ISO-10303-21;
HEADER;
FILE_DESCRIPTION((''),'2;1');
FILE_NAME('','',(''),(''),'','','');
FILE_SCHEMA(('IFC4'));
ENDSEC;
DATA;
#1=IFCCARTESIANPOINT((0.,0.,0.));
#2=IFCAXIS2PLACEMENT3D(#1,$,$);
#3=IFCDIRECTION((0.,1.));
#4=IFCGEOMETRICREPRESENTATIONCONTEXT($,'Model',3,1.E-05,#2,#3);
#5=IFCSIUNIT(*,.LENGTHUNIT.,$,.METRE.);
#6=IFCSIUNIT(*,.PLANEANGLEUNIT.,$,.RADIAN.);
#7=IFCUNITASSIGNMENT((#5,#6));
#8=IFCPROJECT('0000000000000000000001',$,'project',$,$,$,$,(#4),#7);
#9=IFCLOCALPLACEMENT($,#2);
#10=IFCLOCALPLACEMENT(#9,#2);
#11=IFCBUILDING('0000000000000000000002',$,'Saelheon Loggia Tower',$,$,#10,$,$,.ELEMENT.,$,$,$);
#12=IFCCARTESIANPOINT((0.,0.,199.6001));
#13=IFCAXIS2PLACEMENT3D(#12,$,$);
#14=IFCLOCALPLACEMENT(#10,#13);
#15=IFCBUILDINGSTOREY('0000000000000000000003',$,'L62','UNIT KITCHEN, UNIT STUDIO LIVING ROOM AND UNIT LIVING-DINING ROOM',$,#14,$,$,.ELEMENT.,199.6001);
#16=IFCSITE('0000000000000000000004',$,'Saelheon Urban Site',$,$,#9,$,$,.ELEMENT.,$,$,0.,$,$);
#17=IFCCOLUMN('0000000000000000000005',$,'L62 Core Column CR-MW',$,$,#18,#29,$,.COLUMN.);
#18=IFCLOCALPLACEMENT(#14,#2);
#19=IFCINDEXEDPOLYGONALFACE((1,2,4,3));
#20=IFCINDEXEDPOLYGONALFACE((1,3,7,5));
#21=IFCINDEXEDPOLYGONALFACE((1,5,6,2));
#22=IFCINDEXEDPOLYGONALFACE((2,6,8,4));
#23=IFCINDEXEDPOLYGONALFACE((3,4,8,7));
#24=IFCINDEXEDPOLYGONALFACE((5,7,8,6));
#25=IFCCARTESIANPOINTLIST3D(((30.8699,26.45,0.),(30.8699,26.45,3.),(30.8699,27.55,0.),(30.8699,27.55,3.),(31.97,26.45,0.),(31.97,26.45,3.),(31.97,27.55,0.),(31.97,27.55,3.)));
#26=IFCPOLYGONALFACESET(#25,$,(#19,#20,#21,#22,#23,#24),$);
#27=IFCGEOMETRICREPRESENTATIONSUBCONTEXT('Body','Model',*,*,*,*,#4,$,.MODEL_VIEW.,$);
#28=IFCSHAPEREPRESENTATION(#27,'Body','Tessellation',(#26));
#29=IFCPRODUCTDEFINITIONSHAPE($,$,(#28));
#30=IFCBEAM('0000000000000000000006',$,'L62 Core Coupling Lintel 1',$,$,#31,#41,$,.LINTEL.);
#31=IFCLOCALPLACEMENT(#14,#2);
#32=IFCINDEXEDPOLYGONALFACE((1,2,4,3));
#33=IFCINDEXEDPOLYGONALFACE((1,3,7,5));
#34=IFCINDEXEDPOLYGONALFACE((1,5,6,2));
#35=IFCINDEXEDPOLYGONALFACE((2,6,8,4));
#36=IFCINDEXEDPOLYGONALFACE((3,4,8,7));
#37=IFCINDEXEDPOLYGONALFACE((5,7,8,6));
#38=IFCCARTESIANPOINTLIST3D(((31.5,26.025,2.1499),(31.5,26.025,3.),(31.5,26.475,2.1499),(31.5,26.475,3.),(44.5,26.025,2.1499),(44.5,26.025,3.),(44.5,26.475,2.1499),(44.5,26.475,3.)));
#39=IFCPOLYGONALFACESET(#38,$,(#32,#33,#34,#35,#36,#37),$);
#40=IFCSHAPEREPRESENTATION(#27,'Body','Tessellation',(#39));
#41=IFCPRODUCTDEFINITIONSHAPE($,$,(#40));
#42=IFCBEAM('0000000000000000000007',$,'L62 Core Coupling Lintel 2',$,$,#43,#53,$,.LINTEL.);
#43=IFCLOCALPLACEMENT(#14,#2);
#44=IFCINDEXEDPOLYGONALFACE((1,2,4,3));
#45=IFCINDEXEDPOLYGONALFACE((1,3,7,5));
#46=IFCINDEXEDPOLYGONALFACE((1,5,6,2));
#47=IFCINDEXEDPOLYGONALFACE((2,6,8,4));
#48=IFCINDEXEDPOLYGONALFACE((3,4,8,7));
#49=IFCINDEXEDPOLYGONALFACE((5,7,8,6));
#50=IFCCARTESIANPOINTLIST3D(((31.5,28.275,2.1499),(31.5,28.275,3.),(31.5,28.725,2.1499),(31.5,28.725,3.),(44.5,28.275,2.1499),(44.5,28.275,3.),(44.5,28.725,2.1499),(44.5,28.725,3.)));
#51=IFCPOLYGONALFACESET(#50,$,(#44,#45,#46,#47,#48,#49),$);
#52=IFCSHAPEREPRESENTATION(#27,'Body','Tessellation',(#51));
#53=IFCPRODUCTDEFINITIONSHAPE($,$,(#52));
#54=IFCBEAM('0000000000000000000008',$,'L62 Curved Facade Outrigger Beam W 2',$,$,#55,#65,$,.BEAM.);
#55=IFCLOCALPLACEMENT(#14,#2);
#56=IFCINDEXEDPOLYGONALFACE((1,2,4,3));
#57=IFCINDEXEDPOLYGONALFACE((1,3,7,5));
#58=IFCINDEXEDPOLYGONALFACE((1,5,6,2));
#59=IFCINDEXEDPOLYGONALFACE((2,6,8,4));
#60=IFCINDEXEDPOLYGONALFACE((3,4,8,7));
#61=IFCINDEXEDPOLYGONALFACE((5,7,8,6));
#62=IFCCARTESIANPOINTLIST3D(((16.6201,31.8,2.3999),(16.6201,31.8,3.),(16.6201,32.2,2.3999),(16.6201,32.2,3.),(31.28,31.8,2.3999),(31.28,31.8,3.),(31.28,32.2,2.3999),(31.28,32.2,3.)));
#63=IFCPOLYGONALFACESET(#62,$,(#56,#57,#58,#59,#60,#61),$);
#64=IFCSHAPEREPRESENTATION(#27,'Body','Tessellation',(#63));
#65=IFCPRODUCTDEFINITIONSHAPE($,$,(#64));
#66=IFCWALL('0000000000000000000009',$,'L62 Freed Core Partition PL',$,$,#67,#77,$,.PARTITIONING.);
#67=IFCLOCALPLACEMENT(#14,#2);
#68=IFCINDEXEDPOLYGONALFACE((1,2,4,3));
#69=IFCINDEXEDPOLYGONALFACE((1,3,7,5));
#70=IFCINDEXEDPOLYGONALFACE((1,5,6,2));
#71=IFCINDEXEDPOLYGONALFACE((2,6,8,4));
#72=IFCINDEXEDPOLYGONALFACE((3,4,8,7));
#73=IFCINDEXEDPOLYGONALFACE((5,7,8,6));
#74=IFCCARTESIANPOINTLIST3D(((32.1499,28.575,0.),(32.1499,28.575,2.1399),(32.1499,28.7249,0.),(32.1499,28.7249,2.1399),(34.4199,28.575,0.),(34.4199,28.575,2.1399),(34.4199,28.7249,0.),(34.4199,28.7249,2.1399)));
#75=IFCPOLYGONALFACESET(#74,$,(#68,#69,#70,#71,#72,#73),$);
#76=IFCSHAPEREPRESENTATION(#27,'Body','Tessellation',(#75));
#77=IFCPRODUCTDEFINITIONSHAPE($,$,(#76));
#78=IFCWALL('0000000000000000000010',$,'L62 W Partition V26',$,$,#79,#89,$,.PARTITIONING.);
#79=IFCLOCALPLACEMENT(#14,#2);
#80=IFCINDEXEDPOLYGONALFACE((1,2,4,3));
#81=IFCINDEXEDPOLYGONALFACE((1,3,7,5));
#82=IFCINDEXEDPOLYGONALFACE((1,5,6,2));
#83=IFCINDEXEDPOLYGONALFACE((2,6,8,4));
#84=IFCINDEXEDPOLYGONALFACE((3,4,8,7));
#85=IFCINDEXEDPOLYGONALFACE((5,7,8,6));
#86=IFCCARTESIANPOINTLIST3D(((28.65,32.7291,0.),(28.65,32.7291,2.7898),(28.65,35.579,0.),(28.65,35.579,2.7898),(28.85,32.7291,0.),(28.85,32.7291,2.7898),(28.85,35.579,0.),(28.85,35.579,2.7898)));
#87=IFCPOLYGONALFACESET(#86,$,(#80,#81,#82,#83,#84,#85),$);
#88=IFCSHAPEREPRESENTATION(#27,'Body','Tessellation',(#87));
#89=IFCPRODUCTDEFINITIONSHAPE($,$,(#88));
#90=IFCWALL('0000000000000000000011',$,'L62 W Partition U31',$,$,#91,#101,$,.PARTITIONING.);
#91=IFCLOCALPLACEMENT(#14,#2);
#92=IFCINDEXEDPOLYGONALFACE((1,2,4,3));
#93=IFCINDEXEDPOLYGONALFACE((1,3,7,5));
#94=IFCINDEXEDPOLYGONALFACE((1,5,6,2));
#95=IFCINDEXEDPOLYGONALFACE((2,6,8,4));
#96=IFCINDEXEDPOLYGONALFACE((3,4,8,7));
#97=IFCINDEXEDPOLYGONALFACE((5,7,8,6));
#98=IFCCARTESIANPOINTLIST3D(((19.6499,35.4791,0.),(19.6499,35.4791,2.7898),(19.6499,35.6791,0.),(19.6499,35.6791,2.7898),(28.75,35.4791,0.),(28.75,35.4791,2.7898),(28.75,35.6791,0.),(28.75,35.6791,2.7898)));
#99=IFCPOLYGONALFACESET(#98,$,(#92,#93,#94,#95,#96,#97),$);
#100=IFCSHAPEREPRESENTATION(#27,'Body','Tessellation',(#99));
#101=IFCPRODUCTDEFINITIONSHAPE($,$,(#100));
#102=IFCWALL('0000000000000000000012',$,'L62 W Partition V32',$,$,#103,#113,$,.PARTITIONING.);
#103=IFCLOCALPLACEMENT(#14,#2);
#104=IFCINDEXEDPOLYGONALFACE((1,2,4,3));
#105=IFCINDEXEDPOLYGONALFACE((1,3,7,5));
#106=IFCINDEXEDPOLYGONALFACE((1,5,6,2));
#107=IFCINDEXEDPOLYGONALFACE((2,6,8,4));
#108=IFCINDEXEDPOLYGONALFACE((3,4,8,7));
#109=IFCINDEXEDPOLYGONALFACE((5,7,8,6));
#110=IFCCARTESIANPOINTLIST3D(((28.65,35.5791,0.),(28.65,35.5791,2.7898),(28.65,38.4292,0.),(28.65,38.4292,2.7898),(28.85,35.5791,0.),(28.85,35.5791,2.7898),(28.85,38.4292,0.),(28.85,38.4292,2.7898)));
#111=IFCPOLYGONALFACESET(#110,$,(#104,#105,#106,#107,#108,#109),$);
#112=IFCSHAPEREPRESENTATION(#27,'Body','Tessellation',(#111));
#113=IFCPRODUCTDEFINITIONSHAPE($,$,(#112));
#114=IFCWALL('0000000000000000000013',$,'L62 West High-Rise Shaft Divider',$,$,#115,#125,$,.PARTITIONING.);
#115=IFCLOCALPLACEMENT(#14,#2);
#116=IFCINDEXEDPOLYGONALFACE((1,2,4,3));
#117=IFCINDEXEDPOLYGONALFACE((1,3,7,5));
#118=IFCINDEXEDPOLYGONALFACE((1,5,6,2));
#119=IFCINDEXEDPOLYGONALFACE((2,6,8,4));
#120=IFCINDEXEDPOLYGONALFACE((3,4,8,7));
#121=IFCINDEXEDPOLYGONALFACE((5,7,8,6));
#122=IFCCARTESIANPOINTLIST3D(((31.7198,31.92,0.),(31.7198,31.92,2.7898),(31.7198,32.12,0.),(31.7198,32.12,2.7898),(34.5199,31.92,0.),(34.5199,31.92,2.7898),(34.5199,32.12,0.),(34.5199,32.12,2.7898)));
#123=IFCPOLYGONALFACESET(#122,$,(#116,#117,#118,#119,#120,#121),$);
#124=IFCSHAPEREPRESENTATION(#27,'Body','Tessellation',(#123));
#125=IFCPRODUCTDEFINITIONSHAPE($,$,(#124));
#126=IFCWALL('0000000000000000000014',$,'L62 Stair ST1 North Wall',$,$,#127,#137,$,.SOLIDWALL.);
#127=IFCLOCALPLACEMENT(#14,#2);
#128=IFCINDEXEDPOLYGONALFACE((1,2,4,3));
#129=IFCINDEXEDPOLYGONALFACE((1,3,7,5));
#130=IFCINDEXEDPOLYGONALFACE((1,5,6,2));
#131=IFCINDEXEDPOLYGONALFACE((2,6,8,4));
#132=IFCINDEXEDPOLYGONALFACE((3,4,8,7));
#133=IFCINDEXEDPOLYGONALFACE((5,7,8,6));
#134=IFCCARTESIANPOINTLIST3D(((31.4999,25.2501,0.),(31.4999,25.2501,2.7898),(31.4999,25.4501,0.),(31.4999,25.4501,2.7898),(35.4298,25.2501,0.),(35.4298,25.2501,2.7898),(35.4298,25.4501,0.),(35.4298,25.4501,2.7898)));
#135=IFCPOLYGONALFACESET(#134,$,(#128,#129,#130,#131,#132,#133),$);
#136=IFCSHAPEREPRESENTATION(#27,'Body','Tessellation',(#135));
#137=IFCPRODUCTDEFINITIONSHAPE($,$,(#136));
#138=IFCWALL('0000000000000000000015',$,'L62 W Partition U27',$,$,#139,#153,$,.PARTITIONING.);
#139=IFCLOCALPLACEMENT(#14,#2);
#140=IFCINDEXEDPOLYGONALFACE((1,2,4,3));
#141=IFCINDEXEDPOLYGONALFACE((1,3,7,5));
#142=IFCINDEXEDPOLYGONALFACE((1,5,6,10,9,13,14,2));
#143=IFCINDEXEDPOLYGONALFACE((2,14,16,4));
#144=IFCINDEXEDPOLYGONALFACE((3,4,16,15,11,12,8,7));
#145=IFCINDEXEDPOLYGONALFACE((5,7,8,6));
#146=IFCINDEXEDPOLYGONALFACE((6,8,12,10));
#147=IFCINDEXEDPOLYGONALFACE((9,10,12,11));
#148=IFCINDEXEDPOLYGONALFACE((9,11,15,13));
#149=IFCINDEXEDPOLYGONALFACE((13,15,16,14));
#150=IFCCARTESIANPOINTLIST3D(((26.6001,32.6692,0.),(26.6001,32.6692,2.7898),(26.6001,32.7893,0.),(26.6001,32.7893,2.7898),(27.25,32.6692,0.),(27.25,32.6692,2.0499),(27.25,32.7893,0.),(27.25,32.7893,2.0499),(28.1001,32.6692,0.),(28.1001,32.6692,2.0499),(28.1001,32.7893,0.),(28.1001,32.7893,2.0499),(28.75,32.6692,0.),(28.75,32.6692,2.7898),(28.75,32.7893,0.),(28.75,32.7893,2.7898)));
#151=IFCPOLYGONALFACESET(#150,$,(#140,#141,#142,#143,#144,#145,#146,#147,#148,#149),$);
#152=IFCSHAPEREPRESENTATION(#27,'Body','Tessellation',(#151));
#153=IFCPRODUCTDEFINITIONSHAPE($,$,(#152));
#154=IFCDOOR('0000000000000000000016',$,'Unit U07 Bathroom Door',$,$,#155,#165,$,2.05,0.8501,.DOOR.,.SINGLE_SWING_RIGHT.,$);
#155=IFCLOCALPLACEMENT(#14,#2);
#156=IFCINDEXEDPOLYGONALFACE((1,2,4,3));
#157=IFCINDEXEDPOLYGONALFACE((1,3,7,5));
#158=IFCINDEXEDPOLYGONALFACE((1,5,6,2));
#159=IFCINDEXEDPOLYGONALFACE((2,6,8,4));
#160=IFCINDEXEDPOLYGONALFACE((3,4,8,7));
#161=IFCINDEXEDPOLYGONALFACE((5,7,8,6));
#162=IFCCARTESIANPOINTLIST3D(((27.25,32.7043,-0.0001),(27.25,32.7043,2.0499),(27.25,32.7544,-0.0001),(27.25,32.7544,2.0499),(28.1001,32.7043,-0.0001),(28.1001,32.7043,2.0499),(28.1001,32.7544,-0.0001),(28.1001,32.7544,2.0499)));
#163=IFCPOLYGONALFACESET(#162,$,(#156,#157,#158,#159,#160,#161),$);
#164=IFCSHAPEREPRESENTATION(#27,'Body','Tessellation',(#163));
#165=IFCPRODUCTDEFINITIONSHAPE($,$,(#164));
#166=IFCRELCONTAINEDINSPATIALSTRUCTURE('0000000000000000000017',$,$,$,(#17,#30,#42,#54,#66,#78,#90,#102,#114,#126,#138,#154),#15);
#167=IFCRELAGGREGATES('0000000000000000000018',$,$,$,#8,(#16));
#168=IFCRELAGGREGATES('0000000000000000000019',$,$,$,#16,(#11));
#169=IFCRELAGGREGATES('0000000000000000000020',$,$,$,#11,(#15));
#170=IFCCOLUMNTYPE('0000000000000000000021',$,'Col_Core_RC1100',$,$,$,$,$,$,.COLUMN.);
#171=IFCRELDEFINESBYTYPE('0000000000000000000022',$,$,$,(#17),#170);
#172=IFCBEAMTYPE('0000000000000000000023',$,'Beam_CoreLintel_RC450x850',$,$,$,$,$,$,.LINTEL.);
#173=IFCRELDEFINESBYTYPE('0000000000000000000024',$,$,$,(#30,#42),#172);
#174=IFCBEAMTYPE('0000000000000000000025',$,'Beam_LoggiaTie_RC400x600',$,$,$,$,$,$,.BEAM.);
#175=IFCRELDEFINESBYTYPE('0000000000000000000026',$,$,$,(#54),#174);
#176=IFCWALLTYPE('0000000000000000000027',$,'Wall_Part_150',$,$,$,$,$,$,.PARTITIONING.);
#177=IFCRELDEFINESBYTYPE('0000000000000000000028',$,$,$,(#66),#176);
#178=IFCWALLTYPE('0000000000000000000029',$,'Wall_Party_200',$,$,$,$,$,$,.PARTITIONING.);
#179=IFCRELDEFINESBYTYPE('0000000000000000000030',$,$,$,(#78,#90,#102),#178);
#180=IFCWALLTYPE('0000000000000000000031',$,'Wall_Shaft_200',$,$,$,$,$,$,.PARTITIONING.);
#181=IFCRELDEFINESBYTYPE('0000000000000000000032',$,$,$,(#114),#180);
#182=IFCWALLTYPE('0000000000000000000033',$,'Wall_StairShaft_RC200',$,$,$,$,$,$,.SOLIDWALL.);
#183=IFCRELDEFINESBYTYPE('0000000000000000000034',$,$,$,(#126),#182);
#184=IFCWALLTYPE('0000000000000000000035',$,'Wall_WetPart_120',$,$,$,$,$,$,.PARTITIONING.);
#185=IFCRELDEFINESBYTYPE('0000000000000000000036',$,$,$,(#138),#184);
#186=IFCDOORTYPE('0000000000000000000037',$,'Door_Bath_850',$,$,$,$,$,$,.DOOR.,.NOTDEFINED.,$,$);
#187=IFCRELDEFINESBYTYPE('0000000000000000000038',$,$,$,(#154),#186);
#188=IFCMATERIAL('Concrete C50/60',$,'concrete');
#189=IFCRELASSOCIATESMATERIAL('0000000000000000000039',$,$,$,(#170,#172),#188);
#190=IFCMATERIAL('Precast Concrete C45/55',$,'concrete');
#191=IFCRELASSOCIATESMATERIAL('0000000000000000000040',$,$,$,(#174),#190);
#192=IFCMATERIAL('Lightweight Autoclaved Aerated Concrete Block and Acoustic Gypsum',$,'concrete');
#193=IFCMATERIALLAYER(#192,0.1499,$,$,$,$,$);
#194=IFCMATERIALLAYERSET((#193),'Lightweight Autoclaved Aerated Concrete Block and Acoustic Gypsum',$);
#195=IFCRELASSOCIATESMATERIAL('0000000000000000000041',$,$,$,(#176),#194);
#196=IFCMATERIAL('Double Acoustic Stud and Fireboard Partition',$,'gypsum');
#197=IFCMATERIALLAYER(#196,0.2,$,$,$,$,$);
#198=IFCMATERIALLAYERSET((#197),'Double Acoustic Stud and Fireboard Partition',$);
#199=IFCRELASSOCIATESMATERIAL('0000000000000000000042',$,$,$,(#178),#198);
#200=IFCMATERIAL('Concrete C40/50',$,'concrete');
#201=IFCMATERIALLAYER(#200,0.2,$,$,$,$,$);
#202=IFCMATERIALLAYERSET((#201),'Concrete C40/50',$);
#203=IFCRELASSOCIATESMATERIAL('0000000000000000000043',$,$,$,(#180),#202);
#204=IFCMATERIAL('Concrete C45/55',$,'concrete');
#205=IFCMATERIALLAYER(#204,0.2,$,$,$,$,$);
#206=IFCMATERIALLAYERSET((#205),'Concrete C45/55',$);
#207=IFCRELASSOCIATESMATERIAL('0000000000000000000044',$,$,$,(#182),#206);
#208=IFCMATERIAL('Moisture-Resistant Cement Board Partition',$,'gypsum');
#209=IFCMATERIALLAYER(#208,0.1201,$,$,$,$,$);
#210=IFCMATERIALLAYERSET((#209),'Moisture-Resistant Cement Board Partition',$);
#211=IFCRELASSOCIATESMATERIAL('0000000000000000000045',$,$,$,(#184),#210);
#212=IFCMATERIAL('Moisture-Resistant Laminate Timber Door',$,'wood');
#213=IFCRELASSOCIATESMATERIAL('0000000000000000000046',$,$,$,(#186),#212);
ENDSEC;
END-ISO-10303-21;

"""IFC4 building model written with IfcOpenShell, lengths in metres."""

from ifc_helpers import new_model, si_unit, direction, frame, frame_2d, origin, origin_2d, place, context, subcontext, project, spatial, rectangle, extrude, source, transform, mapped, material, layer, layer_set, material_profile, profile_set, type_object, element, fill, save


model = new_model("IFC4")

# Units and contexts
model_context = context("Model", 3, precision=1e-05, world=origin(), true_north=direction((0.0, 1.0)))
body_context = subcontext(model_context, "Body", "Model", "MODEL_VIEW")
ifc_project = project(units=[si_unit("LENGTHUNIT", "METRE"), si_unit("PLANEANGLEUNIT", "RADIAN")], contexts=[model_context])

# Site, building, storey
site_placement = place(None, origin())
site = spatial("IfcSite", under=ifc_project, at=site_placement, Name="Saelheon Urban Site", CompositionType="ELEMENT", RefElevation=0.0)
building_placement = place(site_placement, origin())
building = spatial("IfcBuilding", under=site, at=building_placement, Name="Saelheon Loggia Tower", CompositionType="ELEMENT")
storey_placement = place(building_placement, frame((0.0, 0.0, 199.6001)))
storey = spatial("IfcBuildingStorey", under=building, at=storey_placement, Name="L62", Description="UNIT KITCHEN, UNIT STUDIO LIVING ROOM AND UNIT LIVING-DINING ROOM", CompositionType="ELEMENT", Elevation=199.6001)

# Column
ifc_material_1 = material(Name="Concrete C50/60", Category="concrete")
ifc_material_profile_1 = material_profile(ifc_material_1, rectangle(XDim=1.1001, YDim=1.1001, at=origin_2d()), Name="RC-1100x1100")
ifc_profile_set_1 = profile_set([ifc_material_profile_1], Name="Concrete C50/60")
column_type = type_object("IfcColumnType", Name="Col_Core_RC1100", PredefinedType="COLUMN", material=ifc_profile_set_1)
shared_shape_1 = source(origin(), body_context, "Body", "SweptSolid", [
    extrude(rectangle(XDim=1.1001, YDim=1.1001, at=origin_2d()), origin(), (0.0, 0.0, 1.0), 3.0),
])
column_placement = place(storey_placement, frame((31.4199, 27.0, 0.0), z_axis=(0.0, 0.0, 1.0), x_axis=(1.0, 0.0, 0.0)))
element("IfcColumn", 1, at=column_placement, inside=storey, type_object=column_type, Name="L62 Core Column CR-MW", PredefinedType="COLUMN", context=body_context, shape_type="MappedRepresentation", body=[
    mapped(shared_shape_1, transform((0.0, 0.0, 0.0), scale=1.0)),
])

# Beams
ifc_material_profile_2 = material_profile(ifc_material_1, rectangle(XDim=0.45, YDim=0.8501, at=origin_2d()), Name="RC-450x850")
ifc_profile_set_2 = profile_set([ifc_material_profile_2], Name="Concrete C50/60")
beam_type_1 = type_object("IfcBeamType", Name="Beam_CoreLintel_RC450x850", PredefinedType="LINTEL", material=ifc_profile_set_2)
shared_shape_2 = source(origin(), body_context, "Body", "SweptSolid", [
    extrude(rectangle(XDim=0.45, YDim=0.8501, at=origin_2d()), origin(), (0.0, 0.0, 1.0), 13.0),
])
for number, where, z_axis, x_axis, name in (
    (2, (31.5, 26.25, 2.575), (1.0, 0.0, 0.0), (0.0, 1.0, 0.0), "L62 Core Coupling Lintel 1"),
    (3, (31.5, 28.5, 2.575), (1.0, 0.0, 0.0), (0.0, 1.0, 0.0), "L62 Core Coupling Lintel 2"),
):
    element("IfcBeam", number, at=place(storey_placement, frame(where, z_axis=z_axis, x_axis=x_axis)), inside=storey, type_object=beam_type_1, Name=name, PredefinedType="LINTEL", context=body_context, shape_type="MappedRepresentation", body=[
        mapped(shared_shape_2, transform((0.0, 0.0, 0.0), scale=1.0)),
    ])
ifc_material_2 = material(Name="Precast Concrete C45/55", Category="concrete")
ifc_material_profile_3 = material_profile(ifc_material_2, rectangle(XDim=0.3999, YDim=0.6001, at=origin_2d()), Name="RC-400x600")
ifc_profile_set_3 = profile_set([ifc_material_profile_3], Name="Precast Concrete C45/55")
beam_type_2 = type_object("IfcBeamType", Name="Beam_LoggiaTie_RC400x600", PredefinedType="BEAM", material=ifc_profile_set_3)
shared_shape_3 = source(origin(), body_context, "Body", "SweptSolid", [
    extrude(rectangle(XDim=0.3999, YDim=0.6001, at=origin_2d()), origin(), (0.0, 0.0, 1.0), 14.6599),
])
beam_placement = place(storey_placement, frame((31.28, 32.0, 2.7), z_axis=(-1.0, 0.0, 0.0), x_axis=(0.0, -1.0, 0.0)))
element("IfcBeam", 4, at=beam_placement, inside=storey, type_object=beam_type_2, Name="L62 Curved Facade Outrigger Beam W 2", PredefinedType="BEAM", context=body_context, shape_type="MappedRepresentation", body=[
    mapped(shared_shape_3, transform((0.0, 0.0, 0.0), scale=1.0)),
])

# Wall
ifc_material_3 = material(Name="Lightweight Autoclaved Aerated Concrete Block and Acoustic Gypsum", Category="concrete")
ifc_layer_1 = layer(ifc_material_3, 0.1499)
ifc_layer_set_1 = layer_set([ifc_layer_1], Name="Lightweight Autoclaved Aerated Concrete Block and Acoustic Gypsum")
wall_type_1 = type_object("IfcWallType", Name="Wall_Part_150", PredefinedType="PARTITIONING", material=ifc_layer_set_1)
wall_1_placement = place(storey_placement, frame((32.1499, 28.6499, 0.0), z_axis=(0.0, 0.0, 1.0), x_axis=(1.0, 0.0, 0.0)))
element("IfcWall", 5, at=wall_1_placement, inside=storey, type_object=wall_type_1, Name="L62 Freed Core Partition PL", PredefinedType="PARTITIONING", context=body_context, shape_type="SweptSolid", body=[
    extrude(rectangle(XDim=2.27, YDim=0.1499, at=frame_2d((1.135, 0.0))), origin(), (0.0, 0.0, 1.0), 2.1399),
])

# Shared definitions
ifc_material_4 = material(Name="Double Acoustic Stud and Fireboard Partition", Category="gypsum")
ifc_layer_2 = layer(ifc_material_4, 0.2)
ifc_layer_set_2 = layer_set([ifc_layer_2], Name="Double Acoustic Stud and Fireboard Partition")
wall_type_2 = type_object("IfcWallType", Name="Wall_Party_200", PredefinedType="PARTITIONING", material=ifc_layer_set_2)

# Walls
wall_2_placement = place(storey_placement, frame((28.75, 32.7292, 0.0), z_axis=(0.0, 0.0, 1.0), x_axis=(0.0, 1.0, 0.0)))
element("IfcWall", 6, at=wall_2_placement, inside=storey, type_object=wall_type_2, Name="L62 W Partition V26", PredefinedType="PARTITIONING", context=body_context, shape_type="SweptSolid", body=[
    extrude(rectangle(XDim=2.8499, YDim=0.2, at=frame_2d((1.4248, 0.0))), origin(), (0.0, 0.0, 1.0), 2.7898),
])
wall_3_placement = place(storey_placement, frame((28.75, 35.5791, 0.0), z_axis=(0.0, 0.0, 1.0), x_axis=(-1.0, 0.0, 0.0)))
element("IfcWall", 7, at=wall_3_placement, inside=storey, type_object=wall_type_2, Name="L62 W Partition U31", PredefinedType="PARTITIONING", context=body_context, shape_type="SweptSolid", body=[
    extrude(rectangle(XDim=9.1001, YDim=0.2, at=frame_2d((4.55, 0.0))), origin(), (0.0, 0.0, 1.0), 2.7898),
])
wall_4_placement = place(storey_placement, frame((28.75, 35.5791, 0.0), z_axis=(0.0, 0.0, 1.0), x_axis=(0.0, 1.0, 0.0)))
element("IfcWall", 8, at=wall_4_placement, inside=storey, type_object=wall_type_2, Name="L62 W Partition V32", PredefinedType="PARTITIONING", context=body_context, shape_type="SweptSolid", body=[
    extrude(rectangle(XDim=2.8501, YDim=0.2, at=frame_2d((1.425, 0.0))), origin(), (0.0, 0.0, 1.0), 2.7898),
])
ifc_material_5 = material(Name="Concrete C40/50", Category="concrete")
ifc_layer_3 = layer(ifc_material_5, 0.2)
ifc_layer_set_3 = layer_set([ifc_layer_3], Name="Concrete C40/50")
wall_type_3 = type_object("IfcWallType", Name="Wall_Shaft_200", PredefinedType="PARTITIONING", material=ifc_layer_set_3)
wall_5_placement = place(storey_placement, frame((31.72, 32.02, 0.0), z_axis=(0.0, 0.0, 1.0), x_axis=(1.0, 0.0, 0.0)))
element("IfcWall", 9, at=wall_5_placement, inside=storey, type_object=wall_type_3, Name="L62 West High-Rise Shaft Divider", PredefinedType="PARTITIONING", context=body_context, shape_type="SweptSolid", body=[
    extrude(rectangle(XDim=2.8, YDim=0.2, at=frame_2d((1.3999, 0.0))), origin(), (0.0, 0.0, 1.0), 2.7898),
])
ifc_material_6 = material(Name="Concrete C45/55", Category="concrete")
ifc_layer_4 = layer(ifc_material_6, 0.2)
ifc_layer_set_4 = layer_set([ifc_layer_4], Name="Concrete C45/55")
wall_type_4 = type_object("IfcWallType", Name="Wall_StairShaft_RC200", PredefinedType="SOLIDWALL", material=ifc_layer_set_4)
wall_6_placement = place(storey_placement, frame((31.5, 25.3501, 0.0), z_axis=(0.0, 0.0, 1.0), x_axis=(1.0, 0.0, 0.0)))
element("IfcWall", 10, at=wall_6_placement, inside=storey, type_object=wall_type_4, Name="L62 Stair ST1 North Wall", PredefinedType="SOLIDWALL", context=body_context, shape_type="SweptSolid", body=[
    extrude(rectangle(XDim=3.9299, YDim=0.2, at=frame_2d((1.9648, 0.0))), origin(), (0.0, 0.0, 1.0), 2.7898),
])

# Wall, opening, door
ifc_material_7 = material(Name="Moisture-Resistant Cement Board Partition", Category="gypsum")
ifc_layer_5 = layer(ifc_material_7, 0.1201)
ifc_layer_set_5 = layer_set([ifc_layer_5], Name="Moisture-Resistant Cement Board Partition")
wall_type_5 = type_object("IfcWallType", Name="Wall_WetPart_120", PredefinedType="PARTITIONING", material=ifc_layer_set_5)
wall_7_placement = place(storey_placement, frame((28.75, 32.7292, 0.0), z_axis=(0.0, 0.0, 1.0), x_axis=(-1.0, 0.0, 0.0)))
wall_7 = element("IfcWall", 11, at=wall_7_placement, inside=storey, type_object=wall_type_5, Name="L62 W Partition U27", PredefinedType="PARTITIONING", context=body_context, shape_type="SweptSolid", body=[
    extrude(rectangle(XDim=2.1499, YDim=0.1201, at=frame_2d((1.075, 0.0))), origin(), (0.0, 0.0, 1.0), 2.7898),
])
opening_1_placement = place(wall_7_placement, frame((0.6499, 0.0, 0.0)))
opening_1 = element("IfcOpeningElement", 12, at=opening_1_placement, cuts=wall_7, PredefinedType="OPENING", context=body_context, shape_type="SweptSolid", body=[
    extrude(rectangle(XDim=0.8501, YDim=2.05, at=frame_2d((0.425, 1.0249))), frame((0.0, 0.072, 0.0), z_axis=(0.0, -1.0, 0.0), x_axis=(1.0, 0.0, 0.0)), (0.0, 0.0, 1.0), 0.144),
])
ifc_material_8 = material(Name="Moisture-Resistant Laminate Timber Door", Category="wood")
door_type_1 = type_object("IfcDoorType", Name="Door_Bath_850", OperationType="NOTDEFINED", PredefinedType="DOOR", material=ifc_material_8)
shared_shape_4 = source(origin(), body_context, "Body", "SweptSolid", [
    extrude(rectangle(XDim=0.8501, YDim=2.05, at=frame_2d((0.425, 1.0249))), frame((0.0, 0.0249, 0.0), z_axis=(0.0, -1.0, 0.0), x_axis=(1.0, 0.0, 0.0)), (0.0, 0.0, 1.0), 0.05),
])
door_1_placement = place(opening_1_placement, origin())
door_1 = element("IfcDoor", 13, at=door_1_placement, inside=storey, type_object=door_type_1, Name="Unit U07 Bathroom Door", OperationType="SINGLE_SWING_RIGHT", OverallHeight=2.05, OverallWidth=0.8501, PredefinedType="DOOR", context=body_context, shape_type="MappedRepresentation", body=[
    mapped(shared_shape_4, transform((0.0, 0.0, 0.0), scale=1.0)),
])
fill(opening_1, door_1)

save(model, "model.ifc")
